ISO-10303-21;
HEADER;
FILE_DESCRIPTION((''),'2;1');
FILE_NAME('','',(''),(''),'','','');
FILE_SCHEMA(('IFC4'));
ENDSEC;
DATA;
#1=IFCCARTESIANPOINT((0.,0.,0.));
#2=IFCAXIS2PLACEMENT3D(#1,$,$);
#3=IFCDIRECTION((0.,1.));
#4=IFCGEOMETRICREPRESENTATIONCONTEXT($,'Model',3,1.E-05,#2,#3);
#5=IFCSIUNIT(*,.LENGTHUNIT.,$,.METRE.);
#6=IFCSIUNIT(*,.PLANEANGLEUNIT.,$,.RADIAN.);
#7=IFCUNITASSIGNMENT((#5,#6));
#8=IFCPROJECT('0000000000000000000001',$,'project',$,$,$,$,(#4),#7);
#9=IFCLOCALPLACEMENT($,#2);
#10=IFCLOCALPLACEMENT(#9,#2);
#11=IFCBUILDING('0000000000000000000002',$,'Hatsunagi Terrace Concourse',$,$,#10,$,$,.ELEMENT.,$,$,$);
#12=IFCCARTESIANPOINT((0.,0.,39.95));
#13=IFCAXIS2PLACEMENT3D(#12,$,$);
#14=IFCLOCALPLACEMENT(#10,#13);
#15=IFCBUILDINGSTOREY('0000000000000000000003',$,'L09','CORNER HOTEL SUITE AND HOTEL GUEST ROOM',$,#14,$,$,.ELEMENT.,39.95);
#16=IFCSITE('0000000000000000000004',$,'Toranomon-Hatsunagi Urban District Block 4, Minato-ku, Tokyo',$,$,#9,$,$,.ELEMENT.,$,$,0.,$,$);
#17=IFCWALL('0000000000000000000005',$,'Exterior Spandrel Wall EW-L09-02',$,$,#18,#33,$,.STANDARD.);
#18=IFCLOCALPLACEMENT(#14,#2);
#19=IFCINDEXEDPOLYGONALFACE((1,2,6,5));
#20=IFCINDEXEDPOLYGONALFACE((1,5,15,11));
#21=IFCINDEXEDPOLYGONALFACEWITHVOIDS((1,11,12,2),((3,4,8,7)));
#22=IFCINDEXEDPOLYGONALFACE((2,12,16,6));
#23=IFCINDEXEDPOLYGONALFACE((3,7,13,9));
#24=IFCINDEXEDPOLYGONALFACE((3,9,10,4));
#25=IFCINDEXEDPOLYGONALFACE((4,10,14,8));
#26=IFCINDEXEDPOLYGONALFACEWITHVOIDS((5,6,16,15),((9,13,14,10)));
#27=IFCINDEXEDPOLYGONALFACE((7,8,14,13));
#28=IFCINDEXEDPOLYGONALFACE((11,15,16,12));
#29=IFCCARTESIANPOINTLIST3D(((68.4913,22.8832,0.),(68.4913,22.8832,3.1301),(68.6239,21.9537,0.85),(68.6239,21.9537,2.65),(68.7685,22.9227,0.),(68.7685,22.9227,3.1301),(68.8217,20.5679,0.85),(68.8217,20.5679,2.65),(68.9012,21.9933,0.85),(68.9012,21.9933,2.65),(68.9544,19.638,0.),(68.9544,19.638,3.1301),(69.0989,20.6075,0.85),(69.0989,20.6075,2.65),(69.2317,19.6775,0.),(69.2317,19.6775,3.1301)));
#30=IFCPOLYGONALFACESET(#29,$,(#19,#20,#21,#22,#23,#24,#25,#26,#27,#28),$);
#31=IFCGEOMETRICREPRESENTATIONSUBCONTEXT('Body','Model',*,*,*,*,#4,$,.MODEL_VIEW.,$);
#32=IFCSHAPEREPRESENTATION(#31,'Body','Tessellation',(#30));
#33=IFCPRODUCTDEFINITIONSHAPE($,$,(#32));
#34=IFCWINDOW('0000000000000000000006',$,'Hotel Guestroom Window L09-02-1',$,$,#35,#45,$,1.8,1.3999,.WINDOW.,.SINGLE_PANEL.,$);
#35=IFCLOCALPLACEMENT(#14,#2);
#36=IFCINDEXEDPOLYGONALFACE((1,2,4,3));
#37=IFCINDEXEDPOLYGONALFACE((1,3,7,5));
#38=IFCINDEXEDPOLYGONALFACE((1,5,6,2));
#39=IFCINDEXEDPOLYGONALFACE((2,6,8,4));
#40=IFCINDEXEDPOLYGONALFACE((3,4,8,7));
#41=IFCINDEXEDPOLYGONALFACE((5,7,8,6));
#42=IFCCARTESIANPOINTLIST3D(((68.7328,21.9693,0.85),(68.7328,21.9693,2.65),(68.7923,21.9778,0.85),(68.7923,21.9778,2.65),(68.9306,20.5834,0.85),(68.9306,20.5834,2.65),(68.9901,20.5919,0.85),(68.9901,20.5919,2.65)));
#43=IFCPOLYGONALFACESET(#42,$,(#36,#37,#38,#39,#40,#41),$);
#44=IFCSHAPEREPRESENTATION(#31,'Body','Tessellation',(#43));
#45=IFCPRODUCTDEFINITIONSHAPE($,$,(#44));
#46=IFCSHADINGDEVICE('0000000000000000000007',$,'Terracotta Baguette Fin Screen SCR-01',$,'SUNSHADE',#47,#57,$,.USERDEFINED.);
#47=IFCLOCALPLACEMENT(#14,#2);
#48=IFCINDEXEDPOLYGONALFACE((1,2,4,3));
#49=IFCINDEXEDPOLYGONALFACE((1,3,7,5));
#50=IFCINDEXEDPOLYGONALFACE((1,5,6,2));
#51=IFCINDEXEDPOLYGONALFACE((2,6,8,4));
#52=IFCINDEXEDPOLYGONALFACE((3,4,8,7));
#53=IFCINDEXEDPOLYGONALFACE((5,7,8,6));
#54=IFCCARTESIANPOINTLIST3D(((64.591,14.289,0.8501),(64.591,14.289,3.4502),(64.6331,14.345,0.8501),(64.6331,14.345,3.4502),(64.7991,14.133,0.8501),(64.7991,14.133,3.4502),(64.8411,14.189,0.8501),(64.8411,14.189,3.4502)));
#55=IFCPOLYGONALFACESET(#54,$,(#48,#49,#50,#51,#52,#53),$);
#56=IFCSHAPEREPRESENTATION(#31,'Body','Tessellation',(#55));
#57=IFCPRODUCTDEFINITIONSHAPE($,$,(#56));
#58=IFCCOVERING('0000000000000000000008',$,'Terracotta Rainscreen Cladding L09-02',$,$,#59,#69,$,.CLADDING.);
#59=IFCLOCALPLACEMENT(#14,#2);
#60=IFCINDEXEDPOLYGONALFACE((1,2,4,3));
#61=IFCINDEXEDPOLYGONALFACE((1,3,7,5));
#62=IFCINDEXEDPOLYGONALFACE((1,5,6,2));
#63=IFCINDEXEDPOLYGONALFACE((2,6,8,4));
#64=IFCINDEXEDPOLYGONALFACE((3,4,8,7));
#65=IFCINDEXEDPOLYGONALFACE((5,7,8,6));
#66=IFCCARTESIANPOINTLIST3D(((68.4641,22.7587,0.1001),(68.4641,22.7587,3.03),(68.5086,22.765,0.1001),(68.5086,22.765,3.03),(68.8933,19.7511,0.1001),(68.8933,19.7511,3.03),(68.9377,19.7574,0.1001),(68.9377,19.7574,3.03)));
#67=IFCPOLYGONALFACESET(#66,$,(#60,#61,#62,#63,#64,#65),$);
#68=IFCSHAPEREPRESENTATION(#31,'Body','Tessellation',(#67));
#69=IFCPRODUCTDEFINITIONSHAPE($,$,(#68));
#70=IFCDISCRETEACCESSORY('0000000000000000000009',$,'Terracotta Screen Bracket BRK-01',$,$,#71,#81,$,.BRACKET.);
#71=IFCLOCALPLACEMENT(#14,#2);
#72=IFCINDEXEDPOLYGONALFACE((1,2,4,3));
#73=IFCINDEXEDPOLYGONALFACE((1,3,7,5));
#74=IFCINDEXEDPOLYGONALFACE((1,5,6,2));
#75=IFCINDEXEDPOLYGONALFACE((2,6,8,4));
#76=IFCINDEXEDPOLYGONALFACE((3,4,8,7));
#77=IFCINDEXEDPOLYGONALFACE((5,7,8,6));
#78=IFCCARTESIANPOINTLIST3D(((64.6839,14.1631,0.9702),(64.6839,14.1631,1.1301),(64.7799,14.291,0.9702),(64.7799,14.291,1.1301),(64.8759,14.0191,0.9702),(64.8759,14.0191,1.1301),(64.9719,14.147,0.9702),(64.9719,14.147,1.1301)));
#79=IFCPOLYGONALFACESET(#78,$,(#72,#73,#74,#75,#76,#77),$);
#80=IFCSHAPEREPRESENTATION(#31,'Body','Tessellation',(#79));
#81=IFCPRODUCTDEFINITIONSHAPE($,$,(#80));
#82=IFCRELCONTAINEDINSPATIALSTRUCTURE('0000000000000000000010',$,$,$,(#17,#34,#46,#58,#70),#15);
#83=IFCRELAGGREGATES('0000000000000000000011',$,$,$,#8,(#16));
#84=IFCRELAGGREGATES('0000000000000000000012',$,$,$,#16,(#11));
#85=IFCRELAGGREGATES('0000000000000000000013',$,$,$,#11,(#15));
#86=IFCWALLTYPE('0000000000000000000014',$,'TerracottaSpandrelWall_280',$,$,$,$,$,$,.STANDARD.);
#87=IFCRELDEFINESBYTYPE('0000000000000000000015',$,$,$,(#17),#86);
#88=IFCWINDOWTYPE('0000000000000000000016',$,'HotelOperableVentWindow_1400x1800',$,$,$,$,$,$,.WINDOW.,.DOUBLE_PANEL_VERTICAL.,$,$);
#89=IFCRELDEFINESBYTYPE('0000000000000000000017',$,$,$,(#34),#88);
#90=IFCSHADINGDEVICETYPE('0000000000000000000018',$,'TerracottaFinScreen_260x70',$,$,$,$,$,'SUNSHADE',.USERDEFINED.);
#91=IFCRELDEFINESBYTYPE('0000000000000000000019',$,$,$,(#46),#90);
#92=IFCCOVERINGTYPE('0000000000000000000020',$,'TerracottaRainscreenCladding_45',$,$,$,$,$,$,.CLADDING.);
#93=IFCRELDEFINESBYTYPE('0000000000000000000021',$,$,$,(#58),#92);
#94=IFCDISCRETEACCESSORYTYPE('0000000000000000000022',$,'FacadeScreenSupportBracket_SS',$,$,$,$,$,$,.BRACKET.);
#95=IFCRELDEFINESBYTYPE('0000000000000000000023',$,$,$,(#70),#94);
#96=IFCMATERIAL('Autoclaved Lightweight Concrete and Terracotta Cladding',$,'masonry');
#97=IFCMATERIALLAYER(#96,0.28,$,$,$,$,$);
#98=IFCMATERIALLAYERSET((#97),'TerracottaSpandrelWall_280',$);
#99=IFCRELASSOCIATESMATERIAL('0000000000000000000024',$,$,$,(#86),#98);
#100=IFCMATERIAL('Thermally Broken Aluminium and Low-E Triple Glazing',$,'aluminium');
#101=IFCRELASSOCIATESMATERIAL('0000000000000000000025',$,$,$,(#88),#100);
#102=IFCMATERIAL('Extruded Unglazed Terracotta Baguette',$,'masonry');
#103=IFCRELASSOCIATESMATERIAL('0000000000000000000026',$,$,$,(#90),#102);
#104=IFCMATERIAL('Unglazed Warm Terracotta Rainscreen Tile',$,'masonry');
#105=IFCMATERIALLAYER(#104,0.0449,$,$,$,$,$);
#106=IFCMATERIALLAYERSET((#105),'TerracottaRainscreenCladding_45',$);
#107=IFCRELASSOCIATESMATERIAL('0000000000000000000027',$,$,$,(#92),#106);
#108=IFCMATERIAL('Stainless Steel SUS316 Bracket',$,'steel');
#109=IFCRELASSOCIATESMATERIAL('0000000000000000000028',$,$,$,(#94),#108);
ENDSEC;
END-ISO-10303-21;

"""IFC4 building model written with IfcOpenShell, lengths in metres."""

from ifc_helpers import new_model, si_unit, direction, frame, frame_2d, origin, origin_2d, place, context, subcontext, project, spatial, rectangle, extrude, material, layer, layer_set, type_object, element, fill, save


model = new_model("IFC4")

# Units and contexts
model_context = context("Model", 3, precision=1e-05, world=origin(), true_north=direction((0.0, 1.0)))
body_context = subcontext(model_context, "Body", "Model", "MODEL_VIEW")
ifc_project = project(units=[si_unit("LENGTHUNIT", "METRE"), si_unit("PLANEANGLEUNIT", "RADIAN")], contexts=[model_context])

# Site, building, storey
site_placement = place(None, origin())
site = spatial("IfcSite", under=ifc_project, at=site_placement, Name="Toranomon-Hatsunagi Urban District Block 4, Minato-ku, Tokyo", CompositionType="ELEMENT", RefElevation=0.0)
building_placement = place(site_placement, origin())
building = spatial("IfcBuilding", under=site, at=building_placement, Name="Hatsunagi Terrace Concourse", CompositionType="ELEMENT")
storey_placement = place(building_placement, frame((0.0, 0.0, 39.95)))
storey = spatial("IfcBuildingStorey", under=building, at=storey_placement, Name="L09", Description="CORNER HOTEL SUITE AND HOTEL GUEST ROOM", CompositionType="ELEMENT", Elevation=39.95)

# Wall, opening, window
ifc_material_1 = material(Name="Autoclaved Lightweight Concrete and Terracotta Cladding", Category="masonry")
ifc_layer_1 = layer(ifc_material_1, 0.28)
ifc_layer_set_1 = layer_set([ifc_layer_1], Name="TerracottaSpandrelWall_280")
wall_type_1 = type_object("IfcWallType", Name="TerracottaSpandrelWall_280", PredefinedType="STANDARD", material=ifc_layer_set_1)
wall_1_placement = place(storey_placement, frame((68.6299, 22.9031, 0.0), z_axis=(0.0, 0.0, 1.0), x_axis=(0.141286, -0.989969, 0.0)))
wall_1 = element("IfcWall", 1, at=wall_1_placement, inside=storey, type_object=wall_type_1, Name="Exterior Spandrel Wall EW-L09-02", PredefinedType="STANDARD", context=body_context, shape_type="SweptSolid", body=[
    extrude(rectangle(XDim=3.2781, YDim=0.28, at=frame_2d((1.6392, 0.0))), origin(), (0.0, 0.0, 1.0), 3.1301),
])
opening_1_placement = place(wall_1_placement, frame((0.939, 0.0, 0.8501)))
opening_1 = element("IfcOpeningElement", 2, at=opening_1_placement, cuts=wall_1, PredefinedType="OPENING", context=body_context, shape_type="SweptSolid", body=[
    extrude(rectangle(XDim=1.3999, YDim=1.8, at=frame_2d((0.7, 0.8999))), frame((0.0, 0.1499, 0.0), z_axis=(0.0, -1.0, 0.0), x_axis=(1.0, 0.0, 0.0)), (0.0, 0.0, 1.0), 0.3),
])
ifc_material_2 = material(Name="Thermally Broken Aluminium and Low-E Triple Glazing", Category="aluminium")
window_type = type_object("IfcWindowType", Name="HotelOperableVentWindow_1400x1800", PartitioningType="DOUBLE_PANEL_VERTICAL", PredefinedType="WINDOW", material=ifc_material_2)
window_placement = place(opening_1_placement, origin())
window = element("IfcWindow", 3, at=window_placement, inside=storey, type_object=window_type, Name="Hotel Guestroom Window L09-02-1", OverallHeight=1.8, OverallWidth=1.3999, PartitioningType="SINGLE_PANEL", PredefinedType="WINDOW", context=body_context, shape_type="SweptSolid", body=[
    extrude(rectangle(XDim=1.3999, YDim=1.8, at=frame_2d((0.7, 0.8999))), frame((0.0, 0.03, 0.0), z_axis=(0.0, -1.0, 0.0), x_axis=(1.0, 0.0, 0.0)), (0.0, 0.0, 1.0), 0.0601),
])
fill(opening_1, window)

# Shading device
ifc_material_3 = material(Name="Extruded Unglazed Terracotta Baguette", Category="masonry")
shading_device_type = type_object("IfcShadingDeviceType", Name="TerracottaFinScreen_260x70", ElementType="SUNSHADE", PredefinedType="USERDEFINED", material=ifc_material_3)
shading_device_placement = place(storey_placement, frame((64.7161, 14.239, 0.8501), z_axis=(0.0, 0.0, 1.0), x_axis=(-0.599969, -0.800023, 0.0)))
element("IfcShadingDevice", 4, at=shading_device_placement, inside=storey, type_object=shading_device_type, Name="Terracotta Baguette Fin Screen SCR-01", ObjectType="SUNSHADE", PredefinedType="USERDEFINED", context=body_context, shape_type="SweptSolid", body=[
    extrude(rectangle(XDim=0.0701, YDim=0.26, at=origin_2d()), origin(), (0.0, 0.0, 1.0), 2.6001),
])

# Covering
ifc_material_4 = material(Name="Unglazed Warm Terracotta Rainscreen Tile", Category="masonry")
ifc_layer_2 = layer(ifc_material_4, 0.0449)
ifc_layer_set_2 = layer_set([ifc_layer_2], Name="TerracottaRainscreenCladding_45")
covering_type = type_object("IfcCoveringType", Name="TerracottaRainscreenCladding_45", PredefinedType="CLADDING", material=ifc_layer_set_2)
covering_placement = place(storey_placement, frame((68.7009, 21.2581, 0.1001), z_axis=(0.0, 0.0, 1.0), x_axis=(0.14125, -0.989974, 0.0)))
element("IfcCovering", 5, at=covering_placement, inside=storey, type_object=covering_type, Name="Terracotta Rainscreen Cladding L09-02", PredefinedType="CLADDING", context=body_context, shape_type="SweptSolid", body=[
    extrude(rectangle(XDim=3.0381, YDim=0.0449, at=origin_2d()), origin(), (0.0, 0.0, 1.0), 2.9299),
])

# Discrete accessory
ifc_material_5 = material(Name="Stainless Steel SUS316 Bracket", Category="steel")
discrete_accessory_type = type_object("IfcDiscreteAccessoryType", Name="FacadeScreenSupportBracket_SS", PredefinedType="BRACKET", material=ifc_material_5)
discrete_accessory_placement = place(storey_placement, frame((64.8279, 14.155, 0.9702), z_axis=(0.0, 0.0, 1.0), x_axis=(-0.599969, -0.800023, 0.0)))
element("IfcDiscreteAccessory", 6, at=discrete_accessory_placement, inside=storey, type_object=discrete_accessory_type, Name="Terracotta Screen Bracket BRK-01", PredefinedType="BRACKET", context=body_context, shape_type="SweptSolid", body=[
    extrude(rectangle(XDim=0.1599, YDim=0.24, at=origin_2d()), origin(), (0.0, 0.0, 1.0), 0.1599),
])

save(model, "model.ifc")
